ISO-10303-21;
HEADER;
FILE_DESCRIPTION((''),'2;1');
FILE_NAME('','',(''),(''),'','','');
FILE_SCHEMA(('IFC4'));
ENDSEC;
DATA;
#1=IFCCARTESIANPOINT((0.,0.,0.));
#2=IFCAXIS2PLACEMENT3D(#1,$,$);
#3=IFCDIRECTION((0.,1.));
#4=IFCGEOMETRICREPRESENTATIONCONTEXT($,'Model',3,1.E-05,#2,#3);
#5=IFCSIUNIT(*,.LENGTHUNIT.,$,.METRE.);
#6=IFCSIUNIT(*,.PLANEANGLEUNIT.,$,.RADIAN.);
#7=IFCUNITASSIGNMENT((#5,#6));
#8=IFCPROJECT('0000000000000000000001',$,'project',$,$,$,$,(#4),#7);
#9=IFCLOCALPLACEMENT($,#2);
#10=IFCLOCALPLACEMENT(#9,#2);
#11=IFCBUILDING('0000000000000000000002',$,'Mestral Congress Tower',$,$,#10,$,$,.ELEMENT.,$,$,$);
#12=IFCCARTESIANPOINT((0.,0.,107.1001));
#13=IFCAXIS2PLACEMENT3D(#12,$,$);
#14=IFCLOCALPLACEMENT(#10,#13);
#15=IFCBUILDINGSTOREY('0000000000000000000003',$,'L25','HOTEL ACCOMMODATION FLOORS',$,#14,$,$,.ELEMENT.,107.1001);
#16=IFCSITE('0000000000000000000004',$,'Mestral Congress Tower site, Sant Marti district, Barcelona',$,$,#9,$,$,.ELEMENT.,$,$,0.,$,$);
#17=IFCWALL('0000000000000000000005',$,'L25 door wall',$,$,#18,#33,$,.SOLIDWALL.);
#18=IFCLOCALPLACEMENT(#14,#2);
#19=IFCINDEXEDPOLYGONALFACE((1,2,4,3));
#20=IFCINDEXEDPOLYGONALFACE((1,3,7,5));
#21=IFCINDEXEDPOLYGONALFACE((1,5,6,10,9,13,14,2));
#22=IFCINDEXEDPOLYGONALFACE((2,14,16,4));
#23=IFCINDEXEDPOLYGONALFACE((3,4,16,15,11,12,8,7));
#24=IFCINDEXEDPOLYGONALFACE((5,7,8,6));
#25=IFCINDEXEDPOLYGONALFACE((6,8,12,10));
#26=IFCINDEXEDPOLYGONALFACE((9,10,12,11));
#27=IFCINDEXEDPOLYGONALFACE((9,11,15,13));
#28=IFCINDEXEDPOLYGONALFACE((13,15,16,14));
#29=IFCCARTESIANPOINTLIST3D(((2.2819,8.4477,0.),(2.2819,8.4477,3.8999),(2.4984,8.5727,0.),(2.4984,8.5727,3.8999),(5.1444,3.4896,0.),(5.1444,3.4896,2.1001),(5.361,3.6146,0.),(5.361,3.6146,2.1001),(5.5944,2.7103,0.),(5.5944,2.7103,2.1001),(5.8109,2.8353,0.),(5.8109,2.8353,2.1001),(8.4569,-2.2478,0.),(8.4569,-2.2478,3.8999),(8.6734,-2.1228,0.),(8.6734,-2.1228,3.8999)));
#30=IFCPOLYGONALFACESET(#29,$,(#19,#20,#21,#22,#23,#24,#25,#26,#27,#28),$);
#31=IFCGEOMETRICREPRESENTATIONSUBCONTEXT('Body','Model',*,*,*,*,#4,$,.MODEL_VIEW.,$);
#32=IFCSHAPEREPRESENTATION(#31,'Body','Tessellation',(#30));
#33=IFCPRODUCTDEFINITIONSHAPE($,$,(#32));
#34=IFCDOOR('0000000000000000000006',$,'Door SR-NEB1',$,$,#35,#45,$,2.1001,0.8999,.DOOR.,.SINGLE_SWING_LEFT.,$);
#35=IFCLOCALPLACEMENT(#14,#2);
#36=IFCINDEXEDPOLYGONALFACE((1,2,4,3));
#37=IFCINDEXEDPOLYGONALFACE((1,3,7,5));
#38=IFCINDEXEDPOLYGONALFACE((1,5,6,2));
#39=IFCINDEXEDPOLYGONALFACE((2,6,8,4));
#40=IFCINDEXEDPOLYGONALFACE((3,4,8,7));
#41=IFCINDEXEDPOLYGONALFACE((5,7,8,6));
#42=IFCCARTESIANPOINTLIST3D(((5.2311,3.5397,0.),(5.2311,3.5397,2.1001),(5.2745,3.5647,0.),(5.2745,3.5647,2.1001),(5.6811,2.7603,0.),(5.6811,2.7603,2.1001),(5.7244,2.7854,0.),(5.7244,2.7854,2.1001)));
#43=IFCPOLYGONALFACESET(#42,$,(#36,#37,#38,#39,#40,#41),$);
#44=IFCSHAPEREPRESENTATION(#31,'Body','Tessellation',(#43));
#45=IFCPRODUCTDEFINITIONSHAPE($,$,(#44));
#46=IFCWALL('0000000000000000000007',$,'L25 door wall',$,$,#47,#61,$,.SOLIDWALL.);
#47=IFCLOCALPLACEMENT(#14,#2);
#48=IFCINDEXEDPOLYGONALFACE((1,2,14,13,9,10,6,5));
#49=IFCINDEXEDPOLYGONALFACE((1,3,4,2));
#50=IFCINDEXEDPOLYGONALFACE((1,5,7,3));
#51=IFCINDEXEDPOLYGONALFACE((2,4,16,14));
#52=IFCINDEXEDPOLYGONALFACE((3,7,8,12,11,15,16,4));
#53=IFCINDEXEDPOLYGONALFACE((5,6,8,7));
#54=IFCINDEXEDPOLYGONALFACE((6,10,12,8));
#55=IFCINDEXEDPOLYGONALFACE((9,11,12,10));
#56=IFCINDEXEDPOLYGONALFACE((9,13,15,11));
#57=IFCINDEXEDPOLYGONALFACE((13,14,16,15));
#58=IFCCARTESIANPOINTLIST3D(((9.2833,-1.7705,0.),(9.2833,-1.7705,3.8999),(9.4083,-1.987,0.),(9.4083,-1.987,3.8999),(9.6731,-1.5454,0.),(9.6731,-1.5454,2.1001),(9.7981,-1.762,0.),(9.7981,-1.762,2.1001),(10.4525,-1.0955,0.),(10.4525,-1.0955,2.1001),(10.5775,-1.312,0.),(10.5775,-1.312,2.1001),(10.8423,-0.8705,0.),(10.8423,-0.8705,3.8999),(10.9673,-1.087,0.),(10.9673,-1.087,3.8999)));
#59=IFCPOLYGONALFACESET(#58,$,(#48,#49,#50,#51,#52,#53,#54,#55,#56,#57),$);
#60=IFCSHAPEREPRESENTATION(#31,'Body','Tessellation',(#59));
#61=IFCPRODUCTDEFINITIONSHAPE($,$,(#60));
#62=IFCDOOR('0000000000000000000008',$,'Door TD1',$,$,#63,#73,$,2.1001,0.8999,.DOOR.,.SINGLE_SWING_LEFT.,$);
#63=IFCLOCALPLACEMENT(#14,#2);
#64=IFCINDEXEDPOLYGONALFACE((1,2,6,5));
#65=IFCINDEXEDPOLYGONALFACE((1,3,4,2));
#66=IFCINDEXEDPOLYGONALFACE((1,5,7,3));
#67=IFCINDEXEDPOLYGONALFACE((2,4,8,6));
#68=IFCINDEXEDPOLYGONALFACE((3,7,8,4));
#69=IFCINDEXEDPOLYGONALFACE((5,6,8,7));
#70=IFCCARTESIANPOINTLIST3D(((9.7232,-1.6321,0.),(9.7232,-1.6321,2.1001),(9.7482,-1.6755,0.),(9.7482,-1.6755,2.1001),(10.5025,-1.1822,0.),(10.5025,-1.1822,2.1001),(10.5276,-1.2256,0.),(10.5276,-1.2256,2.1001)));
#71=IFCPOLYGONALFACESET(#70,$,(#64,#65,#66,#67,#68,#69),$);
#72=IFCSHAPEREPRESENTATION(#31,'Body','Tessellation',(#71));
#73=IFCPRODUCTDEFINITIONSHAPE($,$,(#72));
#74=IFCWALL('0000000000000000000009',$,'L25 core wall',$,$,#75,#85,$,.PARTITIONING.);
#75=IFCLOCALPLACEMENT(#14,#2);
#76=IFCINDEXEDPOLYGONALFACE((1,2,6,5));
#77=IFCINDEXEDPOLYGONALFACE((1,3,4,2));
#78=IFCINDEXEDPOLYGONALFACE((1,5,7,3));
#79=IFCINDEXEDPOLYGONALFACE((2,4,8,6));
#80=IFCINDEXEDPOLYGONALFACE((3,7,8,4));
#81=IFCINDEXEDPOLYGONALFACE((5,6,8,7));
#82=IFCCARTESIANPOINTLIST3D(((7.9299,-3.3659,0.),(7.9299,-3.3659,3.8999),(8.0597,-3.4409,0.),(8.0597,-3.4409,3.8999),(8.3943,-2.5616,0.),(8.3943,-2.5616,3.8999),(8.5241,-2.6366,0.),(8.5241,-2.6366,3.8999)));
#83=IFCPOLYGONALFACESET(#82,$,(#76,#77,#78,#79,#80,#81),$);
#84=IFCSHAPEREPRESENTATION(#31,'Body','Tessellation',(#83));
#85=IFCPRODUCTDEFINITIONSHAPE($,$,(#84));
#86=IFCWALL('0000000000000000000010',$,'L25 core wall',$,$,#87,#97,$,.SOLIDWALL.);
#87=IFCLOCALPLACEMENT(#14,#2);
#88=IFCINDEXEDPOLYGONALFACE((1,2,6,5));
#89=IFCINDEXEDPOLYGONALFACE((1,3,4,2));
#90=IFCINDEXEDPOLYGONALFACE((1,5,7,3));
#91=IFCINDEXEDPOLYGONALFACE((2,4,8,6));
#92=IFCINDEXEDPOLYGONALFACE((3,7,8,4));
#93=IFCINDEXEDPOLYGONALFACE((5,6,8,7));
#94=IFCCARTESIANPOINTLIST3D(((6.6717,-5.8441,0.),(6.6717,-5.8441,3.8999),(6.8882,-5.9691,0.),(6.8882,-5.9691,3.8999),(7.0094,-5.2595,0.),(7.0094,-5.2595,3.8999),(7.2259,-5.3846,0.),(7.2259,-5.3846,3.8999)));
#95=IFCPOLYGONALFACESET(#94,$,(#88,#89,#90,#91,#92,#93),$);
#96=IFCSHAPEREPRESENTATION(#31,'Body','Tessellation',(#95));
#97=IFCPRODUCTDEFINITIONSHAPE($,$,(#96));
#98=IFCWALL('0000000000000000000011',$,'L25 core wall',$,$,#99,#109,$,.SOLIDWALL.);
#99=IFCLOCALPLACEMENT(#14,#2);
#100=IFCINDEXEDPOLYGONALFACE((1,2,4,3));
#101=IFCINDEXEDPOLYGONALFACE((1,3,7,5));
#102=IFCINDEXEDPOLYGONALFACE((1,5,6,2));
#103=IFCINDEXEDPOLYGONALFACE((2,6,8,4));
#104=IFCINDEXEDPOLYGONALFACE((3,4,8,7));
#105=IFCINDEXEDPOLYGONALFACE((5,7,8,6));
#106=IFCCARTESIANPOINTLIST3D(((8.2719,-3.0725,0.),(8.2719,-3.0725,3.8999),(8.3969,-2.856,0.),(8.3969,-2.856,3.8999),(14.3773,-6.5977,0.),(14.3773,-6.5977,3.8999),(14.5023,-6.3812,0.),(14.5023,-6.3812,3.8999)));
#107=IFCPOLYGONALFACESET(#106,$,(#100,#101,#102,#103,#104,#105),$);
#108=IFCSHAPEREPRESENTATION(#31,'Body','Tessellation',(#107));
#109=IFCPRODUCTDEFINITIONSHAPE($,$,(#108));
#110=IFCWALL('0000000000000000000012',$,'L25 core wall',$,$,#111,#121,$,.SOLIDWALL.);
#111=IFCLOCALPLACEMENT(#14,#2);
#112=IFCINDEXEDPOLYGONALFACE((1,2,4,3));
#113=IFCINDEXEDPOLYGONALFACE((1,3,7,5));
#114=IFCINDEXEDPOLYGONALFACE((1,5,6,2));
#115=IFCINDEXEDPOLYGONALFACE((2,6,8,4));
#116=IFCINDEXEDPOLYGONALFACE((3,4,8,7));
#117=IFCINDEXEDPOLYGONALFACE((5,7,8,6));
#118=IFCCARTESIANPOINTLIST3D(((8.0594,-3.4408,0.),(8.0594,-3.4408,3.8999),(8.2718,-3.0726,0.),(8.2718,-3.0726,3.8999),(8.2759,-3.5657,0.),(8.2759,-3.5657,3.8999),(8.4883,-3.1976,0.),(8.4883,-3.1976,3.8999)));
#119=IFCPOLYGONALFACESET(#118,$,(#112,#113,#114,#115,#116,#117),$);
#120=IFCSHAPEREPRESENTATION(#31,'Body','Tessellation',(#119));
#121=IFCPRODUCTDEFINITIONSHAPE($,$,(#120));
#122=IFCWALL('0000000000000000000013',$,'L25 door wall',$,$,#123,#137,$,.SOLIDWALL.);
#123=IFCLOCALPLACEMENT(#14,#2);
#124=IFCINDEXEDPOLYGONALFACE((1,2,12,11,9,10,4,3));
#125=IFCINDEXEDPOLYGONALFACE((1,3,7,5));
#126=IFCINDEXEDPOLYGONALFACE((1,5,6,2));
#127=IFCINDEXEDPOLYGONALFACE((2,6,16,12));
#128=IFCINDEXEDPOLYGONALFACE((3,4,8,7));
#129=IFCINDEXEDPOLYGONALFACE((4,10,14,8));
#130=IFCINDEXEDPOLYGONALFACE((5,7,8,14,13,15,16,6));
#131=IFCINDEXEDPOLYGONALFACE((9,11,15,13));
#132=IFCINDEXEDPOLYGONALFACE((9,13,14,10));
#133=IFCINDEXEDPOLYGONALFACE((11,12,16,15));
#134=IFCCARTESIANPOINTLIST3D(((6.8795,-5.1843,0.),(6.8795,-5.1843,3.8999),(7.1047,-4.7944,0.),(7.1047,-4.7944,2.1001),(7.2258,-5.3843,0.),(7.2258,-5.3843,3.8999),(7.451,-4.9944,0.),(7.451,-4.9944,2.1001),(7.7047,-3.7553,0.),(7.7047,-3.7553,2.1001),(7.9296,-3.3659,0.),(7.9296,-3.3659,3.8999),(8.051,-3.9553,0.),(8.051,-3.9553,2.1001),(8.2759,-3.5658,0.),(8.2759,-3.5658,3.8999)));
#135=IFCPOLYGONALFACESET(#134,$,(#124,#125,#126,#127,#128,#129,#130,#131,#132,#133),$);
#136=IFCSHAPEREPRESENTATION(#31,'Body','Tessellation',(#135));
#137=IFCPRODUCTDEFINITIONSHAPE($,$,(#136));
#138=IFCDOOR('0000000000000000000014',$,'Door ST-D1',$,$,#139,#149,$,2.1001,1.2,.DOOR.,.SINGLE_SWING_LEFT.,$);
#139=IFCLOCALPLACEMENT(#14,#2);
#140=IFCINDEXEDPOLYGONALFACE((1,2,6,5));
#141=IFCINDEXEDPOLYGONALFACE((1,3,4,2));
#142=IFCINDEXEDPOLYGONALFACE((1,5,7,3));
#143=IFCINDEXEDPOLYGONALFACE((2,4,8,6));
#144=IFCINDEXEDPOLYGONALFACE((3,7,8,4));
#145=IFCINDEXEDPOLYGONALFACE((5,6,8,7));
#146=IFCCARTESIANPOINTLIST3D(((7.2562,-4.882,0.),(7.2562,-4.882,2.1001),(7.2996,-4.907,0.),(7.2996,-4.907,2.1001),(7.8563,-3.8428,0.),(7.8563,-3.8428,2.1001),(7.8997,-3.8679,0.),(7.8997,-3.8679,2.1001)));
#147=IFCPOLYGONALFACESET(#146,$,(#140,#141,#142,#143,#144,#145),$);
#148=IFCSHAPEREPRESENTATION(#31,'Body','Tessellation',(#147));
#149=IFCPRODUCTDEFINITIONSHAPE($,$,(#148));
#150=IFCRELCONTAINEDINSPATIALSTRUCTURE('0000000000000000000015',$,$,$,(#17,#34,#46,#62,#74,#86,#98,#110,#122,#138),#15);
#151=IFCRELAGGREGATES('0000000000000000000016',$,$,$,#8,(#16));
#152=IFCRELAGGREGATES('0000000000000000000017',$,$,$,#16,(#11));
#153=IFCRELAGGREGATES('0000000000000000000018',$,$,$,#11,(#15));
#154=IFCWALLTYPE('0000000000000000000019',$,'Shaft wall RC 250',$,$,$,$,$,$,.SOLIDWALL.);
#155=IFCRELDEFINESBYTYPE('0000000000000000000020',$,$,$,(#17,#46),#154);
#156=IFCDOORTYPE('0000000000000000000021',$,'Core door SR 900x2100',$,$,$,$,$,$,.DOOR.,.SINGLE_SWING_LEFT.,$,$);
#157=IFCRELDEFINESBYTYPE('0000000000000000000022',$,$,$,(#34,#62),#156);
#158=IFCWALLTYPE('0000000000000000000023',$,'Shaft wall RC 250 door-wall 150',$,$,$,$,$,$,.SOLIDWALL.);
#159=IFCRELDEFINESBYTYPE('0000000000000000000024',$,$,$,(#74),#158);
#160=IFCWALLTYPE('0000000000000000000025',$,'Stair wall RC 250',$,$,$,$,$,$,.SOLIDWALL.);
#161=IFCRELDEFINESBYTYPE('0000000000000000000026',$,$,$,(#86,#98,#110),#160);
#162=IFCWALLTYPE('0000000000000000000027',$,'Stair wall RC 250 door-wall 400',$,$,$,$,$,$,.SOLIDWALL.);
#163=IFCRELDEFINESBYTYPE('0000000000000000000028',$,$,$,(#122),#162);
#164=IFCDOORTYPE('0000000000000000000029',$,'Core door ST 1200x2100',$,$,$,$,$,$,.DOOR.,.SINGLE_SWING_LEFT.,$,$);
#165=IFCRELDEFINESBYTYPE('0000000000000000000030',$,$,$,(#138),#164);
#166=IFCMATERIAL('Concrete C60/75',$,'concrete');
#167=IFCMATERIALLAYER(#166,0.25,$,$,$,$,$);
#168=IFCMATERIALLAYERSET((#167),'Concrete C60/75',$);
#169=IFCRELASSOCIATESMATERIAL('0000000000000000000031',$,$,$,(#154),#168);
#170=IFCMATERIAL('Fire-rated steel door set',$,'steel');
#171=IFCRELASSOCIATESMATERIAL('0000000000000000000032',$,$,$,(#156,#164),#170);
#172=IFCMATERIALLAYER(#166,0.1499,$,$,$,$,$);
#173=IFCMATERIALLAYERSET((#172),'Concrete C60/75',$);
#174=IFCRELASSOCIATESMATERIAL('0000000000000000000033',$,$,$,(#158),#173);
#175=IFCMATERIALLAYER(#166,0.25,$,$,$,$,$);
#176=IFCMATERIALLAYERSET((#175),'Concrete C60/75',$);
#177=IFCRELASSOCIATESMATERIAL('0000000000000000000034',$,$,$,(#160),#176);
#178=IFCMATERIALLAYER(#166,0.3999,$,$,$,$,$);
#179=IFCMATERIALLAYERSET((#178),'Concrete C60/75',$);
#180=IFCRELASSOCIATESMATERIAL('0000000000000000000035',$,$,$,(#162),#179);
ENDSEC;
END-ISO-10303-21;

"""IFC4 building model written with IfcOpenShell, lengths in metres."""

from ifc_helpers import new_model, si_unit, direction, frame, frame_2d, origin, place, context, subcontext, project, spatial, rectangle, extrude, material, layer, layer_set, type_object, element, fill, save


model = new_model("IFC4")

# Units and contexts
model_context = context("Model", 3, precision=1e-05, world=origin(), true_north=direction((0.0, 1.0)))
body_context = subcontext(model_context, "Body", "Model", "MODEL_VIEW")
ifc_project = project(units=[si_unit("LENGTHUNIT", "METRE"), si_unit("PLANEANGLEUNIT", "RADIAN")], contexts=[model_context])

# Site, building, storey
site_placement = place(None, origin())
site = spatial("IfcSite", under=ifc_project, at=site_placement, Name="Mestral Congress Tower site, Sant Marti district, Barcelona", CompositionType="ELEMENT", RefElevation=0.0)
building_placement = place(site_placement, origin())
building = spatial("IfcBuilding", under=site, at=building_placement, Name="Mestral Congress Tower", CompositionType="ELEMENT")
storey_placement = place(building_placement, frame((0.0, 0.0, 107.1001)))
storey = spatial("IfcBuildingStorey", under=building, at=storey_placement, Name="L25", Description="HOTEL ACCOMMODATION FLOORS", CompositionType="ELEMENT", Elevation=107.1001)

# Shared definitions
ifc_material_1 = material(Name="Concrete C60/75", Category="concrete")

# Shared definitions
ifc_layer_1 = layer(ifc_material_1, 0.25)
ifc_layer_set_1 = layer_set([ifc_layer_1], Name="Concrete C60/75")
wall_type_1 = type_object("IfcWallType", Name="Shaft wall RC 250", PredefinedType="SOLIDWALL", material=ifc_layer_set_1)

# Shared definitions
ifc_material_2 = material(Name="Fire-rated steel door set", Category="steel")

# Walls, openings, doors
wall_1_placement = place(storey_placement, frame((8.5652, -2.1853, 0.0), z_axis=(0.0, 0.0, 1.0), x_axis=(-0.499998, 0.866027, 0.0)))
wall_1 = element("IfcWall", 1, at=wall_1_placement, inside=storey, type_object=wall_type_1, Name="L25 door wall", PredefinedType="SOLIDWALL", context=body_context, shape_type="SweptSolid", body=[
    extrude(rectangle(XDim=12.3501, YDim=0.25, at=frame_2d((6.175, 0.0))), origin(), (0.0, 0.0, 1.0), 3.8999),
])
opening_1_placement = place(wall_1_placement, frame((5.7251, 0.0, 0.0)))
opening_1 = element("IfcOpeningElement", 2, at=opening_1_placement, cuts=wall_1, PredefinedType="OPENING", context=body_context, shape_type="SweptSolid", body=[
    extrude(rectangle(XDim=0.8999, YDim=2.1001, at=frame_2d((0.45, 1.05))), frame((0.0, 0.135, 0.0), z_axis=(0.0, -1.0, 0.0), x_axis=(1.0, 0.0, 0.0)), (0.0, 0.0, 1.0), 0.27),
])
door_type_1 = type_object("IfcDoorType", Name="Core door SR 900x2100", OperationType="SINGLE_SWING_LEFT", PredefinedType="DOOR", material=ifc_material_2)
door_1_placement = place(opening_1_placement, origin())
door_1 = element("IfcDoor", 3, at=door_1_placement, inside=storey, type_object=door_type_1, Name="Door SR-NEB1", OperationType="SINGLE_SWING_LEFT", OverallHeight=2.1001, OverallWidth=0.8999, PredefinedType="DOOR", context=body_context, shape_type="SweptSolid", body=[
    extrude(rectangle(XDim=0.8999, YDim=2.1001, at=frame_2d((0.45, 1.05))), frame((0.0, 0.0249, 0.0), z_axis=(0.0, -1.0, 0.0), x_axis=(1.0, 0.0, 0.0)), (0.0, 0.0, 1.0), 0.05),
])
fill(opening_1, door_1)
wall_2_placement = place(storey_placement, frame((9.3459, -1.8787, 0.0), z_axis=(0.0, 0.0, 1.0), x_axis=(0.866048, 0.499961, 0.0)))
wall_2 = element("IfcWall", 4, at=wall_2_placement, inside=storey, type_object=wall_type_1, Name="L25 door wall", PredefinedType="SOLIDWALL", context=body_context, shape_type="SweptSolid", body=[
    extrude(rectangle(XDim=1.8, YDim=0.25, at=frame_2d((0.8999, 0.0))), origin(), (0.0, 0.0, 1.0), 3.8999),
])
opening_2_placement = place(wall_2_placement, frame((0.45, 0.0, 0.0)))
opening_2 = element("IfcOpeningElement", 5, at=opening_2_placement, cuts=wall_2, PredefinedType="OPENING", context=body_context, shape_type="SweptSolid", body=[
    extrude(rectangle(XDim=0.8999, YDim=2.1001, at=frame_2d((0.45, 1.05))), frame((0.0, 0.135, 0.0), z_axis=(0.0, -1.0, 0.0), x_axis=(1.0, 0.0, 0.0)), (0.0, 0.0, 1.0), 0.27),
])
door_2_placement = place(opening_2_placement, origin())
door_2 = element("IfcDoor", 6, at=door_2_placement, inside=storey, type_object=door_type_1, Name="Door TD1", OperationType="SINGLE_SWING_LEFT", OverallHeight=2.1001, OverallWidth=0.8999, PredefinedType="DOOR", context=body_context, shape_type="SweptSolid", body=[
    extrude(rectangle(XDim=0.8999, YDim=2.1001, at=frame_2d((0.45, 1.05))), frame((0.0, 0.0249, 0.0), z_axis=(0.0, -1.0, 0.0), x_axis=(1.0, 0.0, 0.0)), (0.0, 0.0, 1.0), 0.05),
])
fill(opening_2, door_2)

# Walls
ifc_layer_2 = layer(ifc_material_1, 0.1499)
ifc_layer_set_2 = layer_set([ifc_layer_2], Name="Concrete C60/75")
wall_type_2 = type_object("IfcWallType", Name="Shaft wall RC 250 door-wall 150", PredefinedType="SOLIDWALL", material=ifc_layer_set_2)
wall_3_placement = place(storey_placement, frame((8.4592, -2.5991, 0.0), z_axis=(0.0, 0.0, 1.0), x_axis=(-0.500041, -0.866002, 0.0)))
element("IfcWall", 7, at=wall_3_placement, inside=storey, type_object=wall_type_2, Name="L25 core wall", PredefinedType="PARTITIONING", context=body_context, shape_type="SweptSolid", body=[
    extrude(rectangle(XDim=0.9287, YDim=0.1499, at=frame_2d((0.4644, 0.0))), origin(), (0.0, 0.0, 1.0), 3.8999),
])
ifc_layer_3 = layer(ifc_material_1, 0.25)
ifc_layer_set_3 = layer_set([ifc_layer_3], Name="Concrete C60/75")
wall_type_3 = type_object("IfcWallType", Name="Stair wall RC 250", PredefinedType="SOLIDWALL", material=ifc_layer_set_3)
wall_4_placement = place(storey_placement, frame((6.78, -5.9065, 0.0), z_axis=(0.0, 0.0, 1.0), x_axis=(0.500223, 0.865896, 0.0)))
element("IfcWall", 8, at=wall_4_placement, inside=storey, type_object=wall_type_3, Name="L25 core wall", PredefinedType="SOLIDWALL", context=body_context, shape_type="SweptSolid", body=[
    extrude(rectangle(XDim=0.675, YDim=0.25, at=frame_2d((0.3374, 0.0))), origin(), (0.0, 0.0, 1.0), 3.8999),
])
wall_5_placement = place(storey_placement, frame((8.3345, -2.9644, 0.0), z_axis=(0.0, 0.0, 1.0), x_axis=(0.866016, -0.500016, 0.0)))
element("IfcWall", 9, at=wall_5_placement, inside=storey, type_object=wall_type_3, Name="L25 core wall", PredefinedType="SOLIDWALL", context=body_context, shape_type="SweptSolid", body=[
    extrude(rectangle(XDim=7.05, YDim=0.25, at=frame_2d((3.5249, 0.0))), origin(), (0.0, 0.0, 1.0), 3.8999),
])
wall_6_placement = place(storey_placement, frame((8.1677, -3.5032, 0.0), z_axis=(0.0, 0.0, 1.0), x_axis=(0.499722, 0.866186, 0.0)))
element("IfcWall", 10, at=wall_6_placement, inside=storey, type_object=wall_type_3, Name="L25 core wall", PredefinedType="SOLIDWALL", context=body_context, shape_type="SweptSolid", body=[
    extrude(rectangle(XDim=0.425, YDim=0.25, at=frame_2d((0.2124, 0.0))), origin(), (0.0, 0.0, 1.0), 3.8999),
])

# Wall, opening, door
ifc_layer_4 = layer(ifc_material_1, 0.3999)
ifc_layer_set_4 = layer_set([ifc_layer_4], Name="Concrete C60/75")
wall_type_4 = type_object("IfcWallType", Name="Stair wall RC 250 door-wall 400", PredefinedType="SOLIDWALL", material=ifc_layer_set_4)
wall_7_placement = place(storey_placement, frame((7.0527, -5.2842, 0.0), z_axis=(0.0, 0.0, 1.0), x_axis=(0.500078, 0.86598, 0.0)))
wall_7 = element("IfcWall", 11, at=wall_7_placement, inside=storey, type_object=wall_type_4, Name="L25 door wall", PredefinedType="SOLIDWALL", context=body_context, shape_type="SweptSolid", body=[
    extrude(rectangle(XDim=2.0999, YDim=0.3999, at=frame_2d((1.0498, 0.0))), origin(), (0.0, 0.0, 1.0), 3.8999),
])
opening_3_placement = place(wall_7_placement, frame((0.45, 0.0, 0.0)))
opening_3 = element("IfcOpeningElement", 12, at=opening_3_placement, cuts=wall_7, PredefinedType="OPENING", context=body_context, shape_type="SweptSolid", body=[
    extrude(rectangle(XDim=1.2, YDim=2.1001, at=frame_2d((0.6001, 1.05))), frame((0.0, 0.21, 0.0), z_axis=(0.0, -1.0, 0.0), x_axis=(1.0, 0.0, 0.0)), (0.0, 0.0, 1.0), 0.4199),
])
door_type_2 = type_object("IfcDoorType", Name="Core door ST 1200x2100", OperationType="SINGLE_SWING_LEFT", PredefinedType="DOOR", material=ifc_material_2)
door_3_placement = place(opening_3_placement, origin())
door_3 = element("IfcDoor", 13, at=door_3_placement, inside=storey, type_object=door_type_2, Name="Door ST-D1", OperationType="SINGLE_SWING_LEFT", OverallHeight=2.1001, OverallWidth=1.2, PredefinedType="DOOR", context=body_context, shape_type="SweptSolid", body=[
    extrude(rectangle(XDim=1.2, YDim=2.1001, at=frame_2d((0.6001, 1.05))), frame((0.0, 0.0249, 0.0), z_axis=(0.0, -1.0, 0.0), x_axis=(1.0, 0.0, 0.0)), (0.0, 0.0, 1.0), 0.05),
])
fill(opening_3, door_3)

save(model, "model.ifc")
